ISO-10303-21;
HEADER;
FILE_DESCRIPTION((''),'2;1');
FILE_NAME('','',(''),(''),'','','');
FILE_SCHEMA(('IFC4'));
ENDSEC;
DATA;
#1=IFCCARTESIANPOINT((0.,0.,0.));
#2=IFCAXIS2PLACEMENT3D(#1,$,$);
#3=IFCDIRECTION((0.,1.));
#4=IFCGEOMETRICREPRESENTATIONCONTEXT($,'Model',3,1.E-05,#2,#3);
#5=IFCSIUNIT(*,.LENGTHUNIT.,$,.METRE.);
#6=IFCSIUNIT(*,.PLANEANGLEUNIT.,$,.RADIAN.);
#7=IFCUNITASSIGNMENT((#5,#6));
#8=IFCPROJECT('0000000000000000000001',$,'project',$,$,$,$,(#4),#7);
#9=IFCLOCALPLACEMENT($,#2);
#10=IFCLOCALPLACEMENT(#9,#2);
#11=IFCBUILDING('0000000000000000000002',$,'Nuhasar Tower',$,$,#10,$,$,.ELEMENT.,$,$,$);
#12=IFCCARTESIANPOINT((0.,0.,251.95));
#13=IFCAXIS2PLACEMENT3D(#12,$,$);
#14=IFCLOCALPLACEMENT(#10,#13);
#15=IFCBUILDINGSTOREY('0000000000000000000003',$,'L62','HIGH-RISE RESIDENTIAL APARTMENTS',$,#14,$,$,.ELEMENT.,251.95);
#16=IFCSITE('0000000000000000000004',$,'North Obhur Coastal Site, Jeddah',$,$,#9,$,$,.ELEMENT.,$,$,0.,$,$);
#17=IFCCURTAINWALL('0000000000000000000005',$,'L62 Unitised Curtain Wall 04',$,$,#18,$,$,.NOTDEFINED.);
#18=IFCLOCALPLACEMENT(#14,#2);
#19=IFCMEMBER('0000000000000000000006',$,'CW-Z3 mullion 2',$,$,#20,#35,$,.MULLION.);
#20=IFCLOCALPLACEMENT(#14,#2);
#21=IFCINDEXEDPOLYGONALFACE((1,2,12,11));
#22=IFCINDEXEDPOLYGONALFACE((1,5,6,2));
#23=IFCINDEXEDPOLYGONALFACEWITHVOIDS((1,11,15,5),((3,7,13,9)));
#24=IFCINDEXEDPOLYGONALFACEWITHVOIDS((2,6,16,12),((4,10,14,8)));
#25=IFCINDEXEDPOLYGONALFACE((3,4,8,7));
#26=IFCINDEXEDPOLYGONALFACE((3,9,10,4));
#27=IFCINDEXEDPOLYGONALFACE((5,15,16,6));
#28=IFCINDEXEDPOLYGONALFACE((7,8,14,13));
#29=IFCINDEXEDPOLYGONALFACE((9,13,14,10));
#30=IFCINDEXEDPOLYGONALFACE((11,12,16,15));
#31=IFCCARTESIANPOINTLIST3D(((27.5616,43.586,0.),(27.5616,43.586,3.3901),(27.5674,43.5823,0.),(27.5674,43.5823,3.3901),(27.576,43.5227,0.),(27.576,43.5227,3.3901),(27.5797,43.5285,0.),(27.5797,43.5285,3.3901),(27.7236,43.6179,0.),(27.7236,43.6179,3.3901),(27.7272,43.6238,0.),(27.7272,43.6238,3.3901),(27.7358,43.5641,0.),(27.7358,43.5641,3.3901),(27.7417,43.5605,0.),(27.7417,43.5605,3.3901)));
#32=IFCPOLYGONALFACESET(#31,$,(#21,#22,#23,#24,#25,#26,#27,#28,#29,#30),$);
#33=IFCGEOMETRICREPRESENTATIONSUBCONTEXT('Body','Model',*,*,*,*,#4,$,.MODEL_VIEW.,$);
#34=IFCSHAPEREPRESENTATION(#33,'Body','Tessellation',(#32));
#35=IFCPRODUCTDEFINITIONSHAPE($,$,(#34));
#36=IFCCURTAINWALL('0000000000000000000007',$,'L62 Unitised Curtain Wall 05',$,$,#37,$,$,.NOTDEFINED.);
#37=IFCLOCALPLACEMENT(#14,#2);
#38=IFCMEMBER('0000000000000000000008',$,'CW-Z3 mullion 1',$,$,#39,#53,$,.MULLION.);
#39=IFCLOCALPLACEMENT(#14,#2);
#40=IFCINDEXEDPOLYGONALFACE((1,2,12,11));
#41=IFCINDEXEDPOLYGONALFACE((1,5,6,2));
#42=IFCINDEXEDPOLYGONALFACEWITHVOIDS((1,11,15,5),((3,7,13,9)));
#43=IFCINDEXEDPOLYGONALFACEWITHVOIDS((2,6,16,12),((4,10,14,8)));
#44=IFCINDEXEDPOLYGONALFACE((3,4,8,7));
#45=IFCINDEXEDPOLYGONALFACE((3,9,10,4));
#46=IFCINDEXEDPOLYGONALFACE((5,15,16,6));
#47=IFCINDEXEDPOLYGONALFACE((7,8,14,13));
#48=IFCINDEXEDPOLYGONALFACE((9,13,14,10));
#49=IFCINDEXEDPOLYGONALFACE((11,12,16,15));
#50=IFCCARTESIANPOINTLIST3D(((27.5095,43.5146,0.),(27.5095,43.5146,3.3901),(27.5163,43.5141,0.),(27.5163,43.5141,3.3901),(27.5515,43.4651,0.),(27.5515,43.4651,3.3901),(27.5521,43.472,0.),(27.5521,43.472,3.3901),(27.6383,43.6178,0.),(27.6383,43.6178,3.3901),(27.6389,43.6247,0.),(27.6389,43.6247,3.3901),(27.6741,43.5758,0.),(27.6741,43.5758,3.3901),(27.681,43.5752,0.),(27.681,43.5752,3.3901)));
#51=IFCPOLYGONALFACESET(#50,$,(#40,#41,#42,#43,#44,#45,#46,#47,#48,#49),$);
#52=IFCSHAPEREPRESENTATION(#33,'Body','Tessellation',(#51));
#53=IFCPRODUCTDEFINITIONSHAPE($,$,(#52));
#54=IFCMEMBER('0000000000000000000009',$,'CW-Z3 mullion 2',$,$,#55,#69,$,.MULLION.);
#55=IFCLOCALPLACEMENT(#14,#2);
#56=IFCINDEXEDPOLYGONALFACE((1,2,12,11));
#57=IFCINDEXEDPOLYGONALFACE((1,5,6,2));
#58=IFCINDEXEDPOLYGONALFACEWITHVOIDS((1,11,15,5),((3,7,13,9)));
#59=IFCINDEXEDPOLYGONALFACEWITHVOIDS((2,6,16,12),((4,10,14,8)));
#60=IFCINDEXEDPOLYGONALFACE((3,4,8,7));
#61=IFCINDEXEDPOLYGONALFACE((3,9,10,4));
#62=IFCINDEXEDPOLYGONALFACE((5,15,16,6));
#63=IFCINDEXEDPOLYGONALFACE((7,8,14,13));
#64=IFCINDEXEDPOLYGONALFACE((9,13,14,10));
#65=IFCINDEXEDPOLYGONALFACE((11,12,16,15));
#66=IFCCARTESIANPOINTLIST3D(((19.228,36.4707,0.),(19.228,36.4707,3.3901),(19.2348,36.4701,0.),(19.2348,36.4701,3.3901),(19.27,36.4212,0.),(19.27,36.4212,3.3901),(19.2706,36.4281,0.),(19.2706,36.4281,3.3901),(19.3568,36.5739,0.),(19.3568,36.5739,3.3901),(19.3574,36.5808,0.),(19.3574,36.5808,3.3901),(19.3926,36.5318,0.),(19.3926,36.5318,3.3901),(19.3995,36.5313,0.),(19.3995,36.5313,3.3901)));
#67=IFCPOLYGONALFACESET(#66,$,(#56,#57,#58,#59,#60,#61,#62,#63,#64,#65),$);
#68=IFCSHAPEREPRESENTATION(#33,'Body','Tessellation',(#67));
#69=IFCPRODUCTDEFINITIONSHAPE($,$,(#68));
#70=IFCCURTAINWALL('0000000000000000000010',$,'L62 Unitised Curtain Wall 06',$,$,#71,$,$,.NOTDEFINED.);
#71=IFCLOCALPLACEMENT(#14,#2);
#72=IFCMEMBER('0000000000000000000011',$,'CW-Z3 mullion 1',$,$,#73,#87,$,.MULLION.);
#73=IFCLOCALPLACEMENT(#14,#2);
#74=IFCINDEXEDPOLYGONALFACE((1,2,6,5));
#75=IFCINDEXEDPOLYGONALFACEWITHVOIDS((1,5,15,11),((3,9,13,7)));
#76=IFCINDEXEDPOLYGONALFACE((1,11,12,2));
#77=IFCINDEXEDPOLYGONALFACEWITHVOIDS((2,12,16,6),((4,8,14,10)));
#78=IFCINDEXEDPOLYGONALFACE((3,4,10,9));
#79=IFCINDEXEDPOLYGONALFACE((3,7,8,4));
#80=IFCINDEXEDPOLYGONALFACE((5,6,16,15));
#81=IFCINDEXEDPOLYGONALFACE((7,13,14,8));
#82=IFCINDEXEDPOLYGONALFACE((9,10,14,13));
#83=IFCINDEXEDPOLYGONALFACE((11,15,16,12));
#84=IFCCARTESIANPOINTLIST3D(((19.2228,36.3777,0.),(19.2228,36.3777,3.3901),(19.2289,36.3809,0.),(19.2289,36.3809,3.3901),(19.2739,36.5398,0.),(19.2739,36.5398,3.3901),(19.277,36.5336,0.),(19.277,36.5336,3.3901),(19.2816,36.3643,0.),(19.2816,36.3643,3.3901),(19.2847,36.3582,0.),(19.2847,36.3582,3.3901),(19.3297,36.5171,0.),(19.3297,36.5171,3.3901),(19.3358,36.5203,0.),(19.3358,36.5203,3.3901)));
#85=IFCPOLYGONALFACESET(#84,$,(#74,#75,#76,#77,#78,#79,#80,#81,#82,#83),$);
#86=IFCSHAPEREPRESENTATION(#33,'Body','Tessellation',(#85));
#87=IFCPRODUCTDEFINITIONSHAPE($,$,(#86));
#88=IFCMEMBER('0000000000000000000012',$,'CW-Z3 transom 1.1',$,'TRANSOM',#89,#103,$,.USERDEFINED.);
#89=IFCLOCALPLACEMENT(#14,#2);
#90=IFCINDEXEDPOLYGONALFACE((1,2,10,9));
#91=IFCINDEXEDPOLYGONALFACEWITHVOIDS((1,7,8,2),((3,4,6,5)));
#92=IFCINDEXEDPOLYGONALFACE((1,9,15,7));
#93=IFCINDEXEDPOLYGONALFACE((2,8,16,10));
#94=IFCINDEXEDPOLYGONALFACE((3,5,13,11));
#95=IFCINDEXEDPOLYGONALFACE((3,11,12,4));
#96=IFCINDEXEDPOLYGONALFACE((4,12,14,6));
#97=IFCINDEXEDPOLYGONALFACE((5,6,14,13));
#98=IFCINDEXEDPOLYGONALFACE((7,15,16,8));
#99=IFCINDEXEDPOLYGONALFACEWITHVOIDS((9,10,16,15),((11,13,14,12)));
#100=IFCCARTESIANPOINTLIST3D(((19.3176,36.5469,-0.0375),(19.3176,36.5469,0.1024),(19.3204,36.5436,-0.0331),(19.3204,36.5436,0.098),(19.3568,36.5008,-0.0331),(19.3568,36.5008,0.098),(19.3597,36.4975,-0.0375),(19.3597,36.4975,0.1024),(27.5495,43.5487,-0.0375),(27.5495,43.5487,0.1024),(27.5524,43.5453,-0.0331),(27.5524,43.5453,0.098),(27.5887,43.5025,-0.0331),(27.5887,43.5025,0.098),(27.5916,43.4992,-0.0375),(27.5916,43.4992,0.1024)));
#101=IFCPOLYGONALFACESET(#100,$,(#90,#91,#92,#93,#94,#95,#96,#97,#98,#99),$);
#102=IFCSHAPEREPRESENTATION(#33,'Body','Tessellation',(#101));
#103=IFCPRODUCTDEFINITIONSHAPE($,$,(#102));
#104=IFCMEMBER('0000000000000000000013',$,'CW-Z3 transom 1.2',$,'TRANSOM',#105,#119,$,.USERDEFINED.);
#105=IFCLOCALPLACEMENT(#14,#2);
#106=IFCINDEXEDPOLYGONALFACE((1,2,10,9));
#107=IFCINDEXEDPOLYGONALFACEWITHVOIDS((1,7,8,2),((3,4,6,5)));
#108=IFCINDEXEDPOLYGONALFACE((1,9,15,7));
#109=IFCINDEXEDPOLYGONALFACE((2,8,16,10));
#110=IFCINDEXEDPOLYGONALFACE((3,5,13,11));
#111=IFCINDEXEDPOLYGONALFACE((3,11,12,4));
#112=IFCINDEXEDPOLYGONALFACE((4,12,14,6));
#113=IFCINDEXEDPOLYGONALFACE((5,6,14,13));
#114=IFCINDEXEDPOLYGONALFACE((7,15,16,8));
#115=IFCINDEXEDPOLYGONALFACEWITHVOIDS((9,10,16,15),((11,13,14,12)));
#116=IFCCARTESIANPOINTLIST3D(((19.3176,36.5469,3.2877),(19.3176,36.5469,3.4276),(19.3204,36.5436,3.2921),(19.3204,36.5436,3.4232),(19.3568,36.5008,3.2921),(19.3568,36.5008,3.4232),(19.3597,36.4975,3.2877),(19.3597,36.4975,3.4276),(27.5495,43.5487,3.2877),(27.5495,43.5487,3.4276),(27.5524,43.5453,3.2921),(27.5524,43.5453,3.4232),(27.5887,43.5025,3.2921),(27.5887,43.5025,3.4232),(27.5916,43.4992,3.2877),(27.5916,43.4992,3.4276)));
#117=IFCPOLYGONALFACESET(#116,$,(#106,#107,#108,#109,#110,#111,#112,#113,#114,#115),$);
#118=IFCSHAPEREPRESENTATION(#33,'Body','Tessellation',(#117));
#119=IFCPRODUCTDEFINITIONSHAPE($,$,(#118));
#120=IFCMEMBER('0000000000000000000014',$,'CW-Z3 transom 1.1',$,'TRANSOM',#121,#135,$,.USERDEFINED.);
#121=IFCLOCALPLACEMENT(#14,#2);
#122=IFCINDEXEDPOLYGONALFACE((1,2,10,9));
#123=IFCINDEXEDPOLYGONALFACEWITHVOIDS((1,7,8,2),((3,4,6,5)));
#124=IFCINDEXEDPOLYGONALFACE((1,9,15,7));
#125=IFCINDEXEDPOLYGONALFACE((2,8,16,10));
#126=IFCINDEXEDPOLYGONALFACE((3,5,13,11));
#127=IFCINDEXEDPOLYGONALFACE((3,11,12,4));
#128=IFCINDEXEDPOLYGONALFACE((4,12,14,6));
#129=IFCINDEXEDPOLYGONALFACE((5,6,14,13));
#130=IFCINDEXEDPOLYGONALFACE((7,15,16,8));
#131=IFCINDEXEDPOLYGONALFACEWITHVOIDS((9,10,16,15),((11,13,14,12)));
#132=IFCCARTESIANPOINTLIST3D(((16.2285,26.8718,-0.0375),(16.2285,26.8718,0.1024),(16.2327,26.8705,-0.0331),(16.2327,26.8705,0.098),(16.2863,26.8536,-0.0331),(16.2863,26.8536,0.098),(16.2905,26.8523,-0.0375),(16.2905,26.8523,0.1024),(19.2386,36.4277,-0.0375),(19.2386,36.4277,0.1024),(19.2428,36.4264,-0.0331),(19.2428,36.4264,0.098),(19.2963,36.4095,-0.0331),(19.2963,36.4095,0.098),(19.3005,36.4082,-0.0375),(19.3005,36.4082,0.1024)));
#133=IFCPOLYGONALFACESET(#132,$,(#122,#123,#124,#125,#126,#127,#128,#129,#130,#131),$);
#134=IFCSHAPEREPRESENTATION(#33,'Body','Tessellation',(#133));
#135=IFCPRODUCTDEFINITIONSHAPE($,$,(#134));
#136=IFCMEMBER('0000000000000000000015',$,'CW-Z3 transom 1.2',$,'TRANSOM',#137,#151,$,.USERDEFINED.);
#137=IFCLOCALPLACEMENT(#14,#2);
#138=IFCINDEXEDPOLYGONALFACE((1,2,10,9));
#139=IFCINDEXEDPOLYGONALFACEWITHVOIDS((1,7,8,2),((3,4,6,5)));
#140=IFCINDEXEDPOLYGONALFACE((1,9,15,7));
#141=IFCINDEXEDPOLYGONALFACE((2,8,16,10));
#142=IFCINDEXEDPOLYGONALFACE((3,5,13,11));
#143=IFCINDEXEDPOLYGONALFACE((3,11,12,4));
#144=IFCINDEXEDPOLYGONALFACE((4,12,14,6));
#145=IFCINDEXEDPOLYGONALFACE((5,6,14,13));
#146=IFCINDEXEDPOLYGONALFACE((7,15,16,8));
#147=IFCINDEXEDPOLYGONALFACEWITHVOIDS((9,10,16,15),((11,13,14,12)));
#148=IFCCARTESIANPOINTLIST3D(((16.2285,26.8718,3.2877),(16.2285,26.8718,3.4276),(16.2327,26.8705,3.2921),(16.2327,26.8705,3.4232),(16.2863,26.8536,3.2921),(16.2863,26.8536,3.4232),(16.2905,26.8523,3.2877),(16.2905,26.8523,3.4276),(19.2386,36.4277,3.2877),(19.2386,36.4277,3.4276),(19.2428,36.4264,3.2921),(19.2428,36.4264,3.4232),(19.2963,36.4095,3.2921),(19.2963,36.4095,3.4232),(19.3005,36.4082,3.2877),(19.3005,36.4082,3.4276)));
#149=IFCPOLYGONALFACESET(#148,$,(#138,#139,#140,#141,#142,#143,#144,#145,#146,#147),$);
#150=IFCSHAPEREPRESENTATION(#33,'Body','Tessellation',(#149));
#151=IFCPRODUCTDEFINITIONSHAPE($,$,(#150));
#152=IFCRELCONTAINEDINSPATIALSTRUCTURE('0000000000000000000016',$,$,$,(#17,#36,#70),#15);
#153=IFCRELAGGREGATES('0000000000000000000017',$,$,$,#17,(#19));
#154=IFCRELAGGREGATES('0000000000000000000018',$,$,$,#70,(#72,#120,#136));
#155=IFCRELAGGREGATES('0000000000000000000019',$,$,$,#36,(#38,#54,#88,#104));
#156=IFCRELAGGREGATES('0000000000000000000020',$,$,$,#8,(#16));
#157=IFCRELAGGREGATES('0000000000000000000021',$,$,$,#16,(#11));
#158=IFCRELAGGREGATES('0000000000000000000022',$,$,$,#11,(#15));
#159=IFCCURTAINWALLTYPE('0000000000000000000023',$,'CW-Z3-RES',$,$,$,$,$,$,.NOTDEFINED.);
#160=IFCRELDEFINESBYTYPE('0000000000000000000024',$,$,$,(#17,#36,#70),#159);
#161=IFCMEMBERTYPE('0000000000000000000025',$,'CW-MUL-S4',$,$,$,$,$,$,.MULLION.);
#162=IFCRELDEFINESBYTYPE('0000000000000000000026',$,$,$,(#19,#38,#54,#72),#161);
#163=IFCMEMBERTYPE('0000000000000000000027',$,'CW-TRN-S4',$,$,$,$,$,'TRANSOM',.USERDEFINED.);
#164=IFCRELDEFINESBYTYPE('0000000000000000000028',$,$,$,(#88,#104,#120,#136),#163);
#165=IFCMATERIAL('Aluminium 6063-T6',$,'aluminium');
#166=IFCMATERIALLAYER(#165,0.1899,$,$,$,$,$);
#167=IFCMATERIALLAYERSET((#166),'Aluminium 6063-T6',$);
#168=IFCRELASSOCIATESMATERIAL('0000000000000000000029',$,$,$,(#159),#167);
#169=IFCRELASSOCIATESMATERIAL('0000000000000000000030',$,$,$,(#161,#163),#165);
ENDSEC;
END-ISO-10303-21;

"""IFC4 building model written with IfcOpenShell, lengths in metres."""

from ifc_helpers import new_model, si_unit, direction, frame, origin, origin_2d, place, context, subcontext, project, spatial, hollow_rectangle, extrude, material, layer, layer_set, material_profile, profile_set, type_object, element, aggregate, save


model = new_model("IFC4")

# Units and contexts
model_context = context("Model", 3, precision=1e-05, world=origin(), true_north=direction((0.0, 1.0)))
body_context = subcontext(model_context, "Body", "Model", "MODEL_VIEW")
ifc_project = project(units=[si_unit("LENGTHUNIT", "METRE"), si_unit("PLANEANGLEUNIT", "RADIAN")], contexts=[model_context])

# Site, building, storey
site_placement = place(None, origin())
site = spatial("IfcSite", under=ifc_project, at=site_placement, Name="North Obhur Coastal Site, Jeddah", CompositionType="ELEMENT", RefElevation=0.0)
building_placement = place(site_placement, origin())
building = spatial("IfcBuilding", under=site, at=building_placement, Name="Nuhasar Tower", CompositionType="ELEMENT")
storey_placement = place(building_placement, frame((0.0, 0.0, 251.95)))
storey = spatial("IfcBuildingStorey", under=building, at=storey_placement, Name="L62", Description="HIGH-RISE RESIDENTIAL APARTMENTS", CompositionType="ELEMENT", Elevation=251.95)

# Curtain wall, member
ifc_material_1 = material(Name="Aluminium 6063-T6", Category="aluminium")
ifc_layer_1 = layer(ifc_material_1, 0.1899)
ifc_layer_set_1 = layer_set([ifc_layer_1], Name="Aluminium 6063-T6")
curtain_wall_type = type_object("IfcCurtainWallType", Name="CW-Z3-RES", PredefinedType="NOTDEFINED", material=ifc_layer_set_1)
curtain_wall_1_placement = place(storey_placement, origin())
curtain_wall_1 = element("IfcCurtainWall", 1, at=curtain_wall_1_placement, inside=storey, type_object=curtain_wall_type, Name="L62 Unitised Curtain Wall 04", PredefinedType="NOTDEFINED")
ifc_material_profile_1 = material_profile(ifc_material_1, hollow_rectangle(XDim=0.0649, YDim=0.1699, WallThickness=0.0049, at=origin_2d()), Name="CWM-4")
ifc_profile_set_1 = profile_set([ifc_material_profile_1], Name="Aluminium 6063-T6")
member_type_1 = type_object("IfcMemberType", Name="CW-MUL-S4", PredefinedType="MULLION", material=ifc_profile_set_1)
member_1_placement = place(storey_placement, frame((27.6516, 43.5732, 0.0), z_axis=(0.0, 0.0, 1.0), x_axis=(0.222243, -0.974991, 0.0)))
member_1 = element("IfcMember", 2, at=member_1_placement, type_object=member_type_1, Name="CW-Z3 mullion 2", PredefinedType="MULLION", context=body_context, shape_type="SweptSolid", body=[
    extrude(hollow_rectangle(XDim=0.0649, YDim=0.1699, WallThickness=0.0049, at=origin_2d()), origin(), (0.0, 0.0, 1.0), 3.3901),
])
aggregate(curtain_wall_1, [member_1])

# Curtain wall, members
curtain_wall_2_placement = place(storey_placement, origin())
curtain_wall_2 = element("IfcCurtainWall", 3, at=curtain_wall_2_placement, inside=storey, type_object=curtain_wall_type, Name="L62 Unitised Curtain Wall 05", PredefinedType="NOTDEFINED")
member_2_placement = place(storey_placement, frame((27.5952, 43.5449, 0.0), z_axis=(0.0, 0.0, 1.0), x_axis=(0.647895, -0.761729, 0.0)))
member_2 = element("IfcMember", 4, at=member_2_placement, type_object=member_type_1, Name="CW-Z3 mullion 1", PredefinedType="MULLION", context=body_context, shape_type="SweptSolid", body=[
    extrude(hollow_rectangle(XDim=0.0649, YDim=0.1699, WallThickness=0.0049, at=origin_2d()), origin(), (0.0, 0.0, 1.0), 3.3901),
])
member_3_placement = place(storey_placement, frame((19.3137, 36.501, 0.0), z_axis=(0.0, 0.0, 1.0), x_axis=(0.647895, -0.761729, 0.0)))
member_3 = element("IfcMember", 5, at=member_3_placement, type_object=member_type_1, Name="CW-Z3 mullion 2", PredefinedType="MULLION", context=body_context, shape_type="SweptSolid", body=[
    extrude(hollow_rectangle(XDim=0.0649, YDim=0.1699, WallThickness=0.0049, at=origin_2d()), origin(), (0.0, 0.0, 1.0), 3.3901),
])

# Curtain wall, member
curtain_wall_3_placement = place(storey_placement, origin())
curtain_wall_3 = element("IfcCurtainWall", 6, at=curtain_wall_3_placement, inside=storey, type_object=curtain_wall_type, Name="L62 Unitised Curtain Wall 06", PredefinedType="NOTDEFINED")
member_4_placement = place(storey_placement, frame((19.2793, 36.449, 0.0), z_axis=(0.0, 0.0, 1.0), x_axis=(0.953804, -0.300429, 0.0)))
member_4 = element("IfcMember", 7, at=member_4_placement, type_object=member_type_1, Name="CW-Z3 mullion 1", PredefinedType="MULLION", context=body_context, shape_type="SweptSolid", body=[
    extrude(hollow_rectangle(XDim=0.0649, YDim=0.1699, WallThickness=0.0049, at=origin_2d()), origin(), (0.0, 0.0, 1.0), 3.3901),
])

# Members
ifc_material_profile_2 = material_profile(ifc_material_1, hollow_rectangle(XDim=0.0649, YDim=0.1399, WallThickness=0.0044, at=origin_2d()), Name="CWT-4")
ifc_profile_set_2 = profile_set([ifc_material_profile_2], Name="Aluminium 6063-T6")
member_type_2 = type_object("IfcMemberType", Name="CW-TRN-S4", ElementType="TRANSOM", PredefinedType="USERDEFINED", material=ifc_profile_set_2)
member_5_placement = place(storey_placement, frame((27.5706, 43.5239, 0.0325), z_axis=(-0.761731, -0.647894, 0.0), x_axis=(0.647894, -0.761731, 0.0)))
member_5 = element("IfcMember", 8, at=member_5_placement, type_object=member_type_2, Name="CW-Z3 transom 1.1", ObjectType="TRANSOM", PredefinedType="USERDEFINED", context=body_context, shape_type="SweptSolid", body=[
    extrude(hollow_rectangle(XDim=0.0649, YDim=0.1399, WallThickness=0.0044, at=origin_2d()), origin(), (0.0, 0.0, 1.0), 10.8069),
])
member_6_placement = place(storey_placement, frame((27.5706, 43.5239, 3.3577), z_axis=(-0.761731, -0.647894, 0.0), x_axis=(0.647894, -0.761731, 0.0)))
member_6 = element("IfcMember", 9, at=member_6_placement, type_object=member_type_2, Name="CW-Z3 transom 1.2", ObjectType="TRANSOM", PredefinedType="USERDEFINED", context=body_context, shape_type="SweptSolid", body=[
    extrude(hollow_rectangle(XDim=0.0649, YDim=0.1399, WallThickness=0.0044, at=origin_2d()), origin(), (0.0, 0.0, 1.0), 10.8069),
])
member_7_placement = place(storey_placement, frame((19.2695, 36.418, 0.0325), z_axis=(-0.300437, -0.953802, 0.0), x_axis=(0.953802, -0.300437, 0.0)))
member_7 = element("IfcMember", 10, at=member_7_placement, type_object=member_type_2, Name="CW-Z3 transom 1.1", ObjectType="TRANSOM", PredefinedType="USERDEFINED", context=body_context, shape_type="SweptSolid", body=[
    extrude(hollow_rectangle(XDim=0.0649, YDim=0.1399, WallThickness=0.0044, at=origin_2d()), origin(), (0.0, 0.0, 1.0), 10.0188),
])
member_8_placement = place(storey_placement, frame((19.2695, 36.418, 3.3577), z_axis=(-0.300437, -0.953802, 0.0), x_axis=(0.953802, -0.300437, 0.0)))
member_8 = element("IfcMember", 11, at=member_8_placement, type_object=member_type_2, Name="CW-Z3 transom 1.2", ObjectType="TRANSOM", PredefinedType="USERDEFINED", context=body_context, shape_type="SweptSolid", body=[
    extrude(hollow_rectangle(XDim=0.0649, YDim=0.1399, WallThickness=0.0044, at=origin_2d()), origin(), (0.0, 0.0, 1.0), 10.0188),
])
aggregate(curtain_wall_3, [member_4, member_7, member_8])

aggregate(curtain_wall_2, [member_2, member_3, member_5, member_6])

save(model, "model.ifc")
